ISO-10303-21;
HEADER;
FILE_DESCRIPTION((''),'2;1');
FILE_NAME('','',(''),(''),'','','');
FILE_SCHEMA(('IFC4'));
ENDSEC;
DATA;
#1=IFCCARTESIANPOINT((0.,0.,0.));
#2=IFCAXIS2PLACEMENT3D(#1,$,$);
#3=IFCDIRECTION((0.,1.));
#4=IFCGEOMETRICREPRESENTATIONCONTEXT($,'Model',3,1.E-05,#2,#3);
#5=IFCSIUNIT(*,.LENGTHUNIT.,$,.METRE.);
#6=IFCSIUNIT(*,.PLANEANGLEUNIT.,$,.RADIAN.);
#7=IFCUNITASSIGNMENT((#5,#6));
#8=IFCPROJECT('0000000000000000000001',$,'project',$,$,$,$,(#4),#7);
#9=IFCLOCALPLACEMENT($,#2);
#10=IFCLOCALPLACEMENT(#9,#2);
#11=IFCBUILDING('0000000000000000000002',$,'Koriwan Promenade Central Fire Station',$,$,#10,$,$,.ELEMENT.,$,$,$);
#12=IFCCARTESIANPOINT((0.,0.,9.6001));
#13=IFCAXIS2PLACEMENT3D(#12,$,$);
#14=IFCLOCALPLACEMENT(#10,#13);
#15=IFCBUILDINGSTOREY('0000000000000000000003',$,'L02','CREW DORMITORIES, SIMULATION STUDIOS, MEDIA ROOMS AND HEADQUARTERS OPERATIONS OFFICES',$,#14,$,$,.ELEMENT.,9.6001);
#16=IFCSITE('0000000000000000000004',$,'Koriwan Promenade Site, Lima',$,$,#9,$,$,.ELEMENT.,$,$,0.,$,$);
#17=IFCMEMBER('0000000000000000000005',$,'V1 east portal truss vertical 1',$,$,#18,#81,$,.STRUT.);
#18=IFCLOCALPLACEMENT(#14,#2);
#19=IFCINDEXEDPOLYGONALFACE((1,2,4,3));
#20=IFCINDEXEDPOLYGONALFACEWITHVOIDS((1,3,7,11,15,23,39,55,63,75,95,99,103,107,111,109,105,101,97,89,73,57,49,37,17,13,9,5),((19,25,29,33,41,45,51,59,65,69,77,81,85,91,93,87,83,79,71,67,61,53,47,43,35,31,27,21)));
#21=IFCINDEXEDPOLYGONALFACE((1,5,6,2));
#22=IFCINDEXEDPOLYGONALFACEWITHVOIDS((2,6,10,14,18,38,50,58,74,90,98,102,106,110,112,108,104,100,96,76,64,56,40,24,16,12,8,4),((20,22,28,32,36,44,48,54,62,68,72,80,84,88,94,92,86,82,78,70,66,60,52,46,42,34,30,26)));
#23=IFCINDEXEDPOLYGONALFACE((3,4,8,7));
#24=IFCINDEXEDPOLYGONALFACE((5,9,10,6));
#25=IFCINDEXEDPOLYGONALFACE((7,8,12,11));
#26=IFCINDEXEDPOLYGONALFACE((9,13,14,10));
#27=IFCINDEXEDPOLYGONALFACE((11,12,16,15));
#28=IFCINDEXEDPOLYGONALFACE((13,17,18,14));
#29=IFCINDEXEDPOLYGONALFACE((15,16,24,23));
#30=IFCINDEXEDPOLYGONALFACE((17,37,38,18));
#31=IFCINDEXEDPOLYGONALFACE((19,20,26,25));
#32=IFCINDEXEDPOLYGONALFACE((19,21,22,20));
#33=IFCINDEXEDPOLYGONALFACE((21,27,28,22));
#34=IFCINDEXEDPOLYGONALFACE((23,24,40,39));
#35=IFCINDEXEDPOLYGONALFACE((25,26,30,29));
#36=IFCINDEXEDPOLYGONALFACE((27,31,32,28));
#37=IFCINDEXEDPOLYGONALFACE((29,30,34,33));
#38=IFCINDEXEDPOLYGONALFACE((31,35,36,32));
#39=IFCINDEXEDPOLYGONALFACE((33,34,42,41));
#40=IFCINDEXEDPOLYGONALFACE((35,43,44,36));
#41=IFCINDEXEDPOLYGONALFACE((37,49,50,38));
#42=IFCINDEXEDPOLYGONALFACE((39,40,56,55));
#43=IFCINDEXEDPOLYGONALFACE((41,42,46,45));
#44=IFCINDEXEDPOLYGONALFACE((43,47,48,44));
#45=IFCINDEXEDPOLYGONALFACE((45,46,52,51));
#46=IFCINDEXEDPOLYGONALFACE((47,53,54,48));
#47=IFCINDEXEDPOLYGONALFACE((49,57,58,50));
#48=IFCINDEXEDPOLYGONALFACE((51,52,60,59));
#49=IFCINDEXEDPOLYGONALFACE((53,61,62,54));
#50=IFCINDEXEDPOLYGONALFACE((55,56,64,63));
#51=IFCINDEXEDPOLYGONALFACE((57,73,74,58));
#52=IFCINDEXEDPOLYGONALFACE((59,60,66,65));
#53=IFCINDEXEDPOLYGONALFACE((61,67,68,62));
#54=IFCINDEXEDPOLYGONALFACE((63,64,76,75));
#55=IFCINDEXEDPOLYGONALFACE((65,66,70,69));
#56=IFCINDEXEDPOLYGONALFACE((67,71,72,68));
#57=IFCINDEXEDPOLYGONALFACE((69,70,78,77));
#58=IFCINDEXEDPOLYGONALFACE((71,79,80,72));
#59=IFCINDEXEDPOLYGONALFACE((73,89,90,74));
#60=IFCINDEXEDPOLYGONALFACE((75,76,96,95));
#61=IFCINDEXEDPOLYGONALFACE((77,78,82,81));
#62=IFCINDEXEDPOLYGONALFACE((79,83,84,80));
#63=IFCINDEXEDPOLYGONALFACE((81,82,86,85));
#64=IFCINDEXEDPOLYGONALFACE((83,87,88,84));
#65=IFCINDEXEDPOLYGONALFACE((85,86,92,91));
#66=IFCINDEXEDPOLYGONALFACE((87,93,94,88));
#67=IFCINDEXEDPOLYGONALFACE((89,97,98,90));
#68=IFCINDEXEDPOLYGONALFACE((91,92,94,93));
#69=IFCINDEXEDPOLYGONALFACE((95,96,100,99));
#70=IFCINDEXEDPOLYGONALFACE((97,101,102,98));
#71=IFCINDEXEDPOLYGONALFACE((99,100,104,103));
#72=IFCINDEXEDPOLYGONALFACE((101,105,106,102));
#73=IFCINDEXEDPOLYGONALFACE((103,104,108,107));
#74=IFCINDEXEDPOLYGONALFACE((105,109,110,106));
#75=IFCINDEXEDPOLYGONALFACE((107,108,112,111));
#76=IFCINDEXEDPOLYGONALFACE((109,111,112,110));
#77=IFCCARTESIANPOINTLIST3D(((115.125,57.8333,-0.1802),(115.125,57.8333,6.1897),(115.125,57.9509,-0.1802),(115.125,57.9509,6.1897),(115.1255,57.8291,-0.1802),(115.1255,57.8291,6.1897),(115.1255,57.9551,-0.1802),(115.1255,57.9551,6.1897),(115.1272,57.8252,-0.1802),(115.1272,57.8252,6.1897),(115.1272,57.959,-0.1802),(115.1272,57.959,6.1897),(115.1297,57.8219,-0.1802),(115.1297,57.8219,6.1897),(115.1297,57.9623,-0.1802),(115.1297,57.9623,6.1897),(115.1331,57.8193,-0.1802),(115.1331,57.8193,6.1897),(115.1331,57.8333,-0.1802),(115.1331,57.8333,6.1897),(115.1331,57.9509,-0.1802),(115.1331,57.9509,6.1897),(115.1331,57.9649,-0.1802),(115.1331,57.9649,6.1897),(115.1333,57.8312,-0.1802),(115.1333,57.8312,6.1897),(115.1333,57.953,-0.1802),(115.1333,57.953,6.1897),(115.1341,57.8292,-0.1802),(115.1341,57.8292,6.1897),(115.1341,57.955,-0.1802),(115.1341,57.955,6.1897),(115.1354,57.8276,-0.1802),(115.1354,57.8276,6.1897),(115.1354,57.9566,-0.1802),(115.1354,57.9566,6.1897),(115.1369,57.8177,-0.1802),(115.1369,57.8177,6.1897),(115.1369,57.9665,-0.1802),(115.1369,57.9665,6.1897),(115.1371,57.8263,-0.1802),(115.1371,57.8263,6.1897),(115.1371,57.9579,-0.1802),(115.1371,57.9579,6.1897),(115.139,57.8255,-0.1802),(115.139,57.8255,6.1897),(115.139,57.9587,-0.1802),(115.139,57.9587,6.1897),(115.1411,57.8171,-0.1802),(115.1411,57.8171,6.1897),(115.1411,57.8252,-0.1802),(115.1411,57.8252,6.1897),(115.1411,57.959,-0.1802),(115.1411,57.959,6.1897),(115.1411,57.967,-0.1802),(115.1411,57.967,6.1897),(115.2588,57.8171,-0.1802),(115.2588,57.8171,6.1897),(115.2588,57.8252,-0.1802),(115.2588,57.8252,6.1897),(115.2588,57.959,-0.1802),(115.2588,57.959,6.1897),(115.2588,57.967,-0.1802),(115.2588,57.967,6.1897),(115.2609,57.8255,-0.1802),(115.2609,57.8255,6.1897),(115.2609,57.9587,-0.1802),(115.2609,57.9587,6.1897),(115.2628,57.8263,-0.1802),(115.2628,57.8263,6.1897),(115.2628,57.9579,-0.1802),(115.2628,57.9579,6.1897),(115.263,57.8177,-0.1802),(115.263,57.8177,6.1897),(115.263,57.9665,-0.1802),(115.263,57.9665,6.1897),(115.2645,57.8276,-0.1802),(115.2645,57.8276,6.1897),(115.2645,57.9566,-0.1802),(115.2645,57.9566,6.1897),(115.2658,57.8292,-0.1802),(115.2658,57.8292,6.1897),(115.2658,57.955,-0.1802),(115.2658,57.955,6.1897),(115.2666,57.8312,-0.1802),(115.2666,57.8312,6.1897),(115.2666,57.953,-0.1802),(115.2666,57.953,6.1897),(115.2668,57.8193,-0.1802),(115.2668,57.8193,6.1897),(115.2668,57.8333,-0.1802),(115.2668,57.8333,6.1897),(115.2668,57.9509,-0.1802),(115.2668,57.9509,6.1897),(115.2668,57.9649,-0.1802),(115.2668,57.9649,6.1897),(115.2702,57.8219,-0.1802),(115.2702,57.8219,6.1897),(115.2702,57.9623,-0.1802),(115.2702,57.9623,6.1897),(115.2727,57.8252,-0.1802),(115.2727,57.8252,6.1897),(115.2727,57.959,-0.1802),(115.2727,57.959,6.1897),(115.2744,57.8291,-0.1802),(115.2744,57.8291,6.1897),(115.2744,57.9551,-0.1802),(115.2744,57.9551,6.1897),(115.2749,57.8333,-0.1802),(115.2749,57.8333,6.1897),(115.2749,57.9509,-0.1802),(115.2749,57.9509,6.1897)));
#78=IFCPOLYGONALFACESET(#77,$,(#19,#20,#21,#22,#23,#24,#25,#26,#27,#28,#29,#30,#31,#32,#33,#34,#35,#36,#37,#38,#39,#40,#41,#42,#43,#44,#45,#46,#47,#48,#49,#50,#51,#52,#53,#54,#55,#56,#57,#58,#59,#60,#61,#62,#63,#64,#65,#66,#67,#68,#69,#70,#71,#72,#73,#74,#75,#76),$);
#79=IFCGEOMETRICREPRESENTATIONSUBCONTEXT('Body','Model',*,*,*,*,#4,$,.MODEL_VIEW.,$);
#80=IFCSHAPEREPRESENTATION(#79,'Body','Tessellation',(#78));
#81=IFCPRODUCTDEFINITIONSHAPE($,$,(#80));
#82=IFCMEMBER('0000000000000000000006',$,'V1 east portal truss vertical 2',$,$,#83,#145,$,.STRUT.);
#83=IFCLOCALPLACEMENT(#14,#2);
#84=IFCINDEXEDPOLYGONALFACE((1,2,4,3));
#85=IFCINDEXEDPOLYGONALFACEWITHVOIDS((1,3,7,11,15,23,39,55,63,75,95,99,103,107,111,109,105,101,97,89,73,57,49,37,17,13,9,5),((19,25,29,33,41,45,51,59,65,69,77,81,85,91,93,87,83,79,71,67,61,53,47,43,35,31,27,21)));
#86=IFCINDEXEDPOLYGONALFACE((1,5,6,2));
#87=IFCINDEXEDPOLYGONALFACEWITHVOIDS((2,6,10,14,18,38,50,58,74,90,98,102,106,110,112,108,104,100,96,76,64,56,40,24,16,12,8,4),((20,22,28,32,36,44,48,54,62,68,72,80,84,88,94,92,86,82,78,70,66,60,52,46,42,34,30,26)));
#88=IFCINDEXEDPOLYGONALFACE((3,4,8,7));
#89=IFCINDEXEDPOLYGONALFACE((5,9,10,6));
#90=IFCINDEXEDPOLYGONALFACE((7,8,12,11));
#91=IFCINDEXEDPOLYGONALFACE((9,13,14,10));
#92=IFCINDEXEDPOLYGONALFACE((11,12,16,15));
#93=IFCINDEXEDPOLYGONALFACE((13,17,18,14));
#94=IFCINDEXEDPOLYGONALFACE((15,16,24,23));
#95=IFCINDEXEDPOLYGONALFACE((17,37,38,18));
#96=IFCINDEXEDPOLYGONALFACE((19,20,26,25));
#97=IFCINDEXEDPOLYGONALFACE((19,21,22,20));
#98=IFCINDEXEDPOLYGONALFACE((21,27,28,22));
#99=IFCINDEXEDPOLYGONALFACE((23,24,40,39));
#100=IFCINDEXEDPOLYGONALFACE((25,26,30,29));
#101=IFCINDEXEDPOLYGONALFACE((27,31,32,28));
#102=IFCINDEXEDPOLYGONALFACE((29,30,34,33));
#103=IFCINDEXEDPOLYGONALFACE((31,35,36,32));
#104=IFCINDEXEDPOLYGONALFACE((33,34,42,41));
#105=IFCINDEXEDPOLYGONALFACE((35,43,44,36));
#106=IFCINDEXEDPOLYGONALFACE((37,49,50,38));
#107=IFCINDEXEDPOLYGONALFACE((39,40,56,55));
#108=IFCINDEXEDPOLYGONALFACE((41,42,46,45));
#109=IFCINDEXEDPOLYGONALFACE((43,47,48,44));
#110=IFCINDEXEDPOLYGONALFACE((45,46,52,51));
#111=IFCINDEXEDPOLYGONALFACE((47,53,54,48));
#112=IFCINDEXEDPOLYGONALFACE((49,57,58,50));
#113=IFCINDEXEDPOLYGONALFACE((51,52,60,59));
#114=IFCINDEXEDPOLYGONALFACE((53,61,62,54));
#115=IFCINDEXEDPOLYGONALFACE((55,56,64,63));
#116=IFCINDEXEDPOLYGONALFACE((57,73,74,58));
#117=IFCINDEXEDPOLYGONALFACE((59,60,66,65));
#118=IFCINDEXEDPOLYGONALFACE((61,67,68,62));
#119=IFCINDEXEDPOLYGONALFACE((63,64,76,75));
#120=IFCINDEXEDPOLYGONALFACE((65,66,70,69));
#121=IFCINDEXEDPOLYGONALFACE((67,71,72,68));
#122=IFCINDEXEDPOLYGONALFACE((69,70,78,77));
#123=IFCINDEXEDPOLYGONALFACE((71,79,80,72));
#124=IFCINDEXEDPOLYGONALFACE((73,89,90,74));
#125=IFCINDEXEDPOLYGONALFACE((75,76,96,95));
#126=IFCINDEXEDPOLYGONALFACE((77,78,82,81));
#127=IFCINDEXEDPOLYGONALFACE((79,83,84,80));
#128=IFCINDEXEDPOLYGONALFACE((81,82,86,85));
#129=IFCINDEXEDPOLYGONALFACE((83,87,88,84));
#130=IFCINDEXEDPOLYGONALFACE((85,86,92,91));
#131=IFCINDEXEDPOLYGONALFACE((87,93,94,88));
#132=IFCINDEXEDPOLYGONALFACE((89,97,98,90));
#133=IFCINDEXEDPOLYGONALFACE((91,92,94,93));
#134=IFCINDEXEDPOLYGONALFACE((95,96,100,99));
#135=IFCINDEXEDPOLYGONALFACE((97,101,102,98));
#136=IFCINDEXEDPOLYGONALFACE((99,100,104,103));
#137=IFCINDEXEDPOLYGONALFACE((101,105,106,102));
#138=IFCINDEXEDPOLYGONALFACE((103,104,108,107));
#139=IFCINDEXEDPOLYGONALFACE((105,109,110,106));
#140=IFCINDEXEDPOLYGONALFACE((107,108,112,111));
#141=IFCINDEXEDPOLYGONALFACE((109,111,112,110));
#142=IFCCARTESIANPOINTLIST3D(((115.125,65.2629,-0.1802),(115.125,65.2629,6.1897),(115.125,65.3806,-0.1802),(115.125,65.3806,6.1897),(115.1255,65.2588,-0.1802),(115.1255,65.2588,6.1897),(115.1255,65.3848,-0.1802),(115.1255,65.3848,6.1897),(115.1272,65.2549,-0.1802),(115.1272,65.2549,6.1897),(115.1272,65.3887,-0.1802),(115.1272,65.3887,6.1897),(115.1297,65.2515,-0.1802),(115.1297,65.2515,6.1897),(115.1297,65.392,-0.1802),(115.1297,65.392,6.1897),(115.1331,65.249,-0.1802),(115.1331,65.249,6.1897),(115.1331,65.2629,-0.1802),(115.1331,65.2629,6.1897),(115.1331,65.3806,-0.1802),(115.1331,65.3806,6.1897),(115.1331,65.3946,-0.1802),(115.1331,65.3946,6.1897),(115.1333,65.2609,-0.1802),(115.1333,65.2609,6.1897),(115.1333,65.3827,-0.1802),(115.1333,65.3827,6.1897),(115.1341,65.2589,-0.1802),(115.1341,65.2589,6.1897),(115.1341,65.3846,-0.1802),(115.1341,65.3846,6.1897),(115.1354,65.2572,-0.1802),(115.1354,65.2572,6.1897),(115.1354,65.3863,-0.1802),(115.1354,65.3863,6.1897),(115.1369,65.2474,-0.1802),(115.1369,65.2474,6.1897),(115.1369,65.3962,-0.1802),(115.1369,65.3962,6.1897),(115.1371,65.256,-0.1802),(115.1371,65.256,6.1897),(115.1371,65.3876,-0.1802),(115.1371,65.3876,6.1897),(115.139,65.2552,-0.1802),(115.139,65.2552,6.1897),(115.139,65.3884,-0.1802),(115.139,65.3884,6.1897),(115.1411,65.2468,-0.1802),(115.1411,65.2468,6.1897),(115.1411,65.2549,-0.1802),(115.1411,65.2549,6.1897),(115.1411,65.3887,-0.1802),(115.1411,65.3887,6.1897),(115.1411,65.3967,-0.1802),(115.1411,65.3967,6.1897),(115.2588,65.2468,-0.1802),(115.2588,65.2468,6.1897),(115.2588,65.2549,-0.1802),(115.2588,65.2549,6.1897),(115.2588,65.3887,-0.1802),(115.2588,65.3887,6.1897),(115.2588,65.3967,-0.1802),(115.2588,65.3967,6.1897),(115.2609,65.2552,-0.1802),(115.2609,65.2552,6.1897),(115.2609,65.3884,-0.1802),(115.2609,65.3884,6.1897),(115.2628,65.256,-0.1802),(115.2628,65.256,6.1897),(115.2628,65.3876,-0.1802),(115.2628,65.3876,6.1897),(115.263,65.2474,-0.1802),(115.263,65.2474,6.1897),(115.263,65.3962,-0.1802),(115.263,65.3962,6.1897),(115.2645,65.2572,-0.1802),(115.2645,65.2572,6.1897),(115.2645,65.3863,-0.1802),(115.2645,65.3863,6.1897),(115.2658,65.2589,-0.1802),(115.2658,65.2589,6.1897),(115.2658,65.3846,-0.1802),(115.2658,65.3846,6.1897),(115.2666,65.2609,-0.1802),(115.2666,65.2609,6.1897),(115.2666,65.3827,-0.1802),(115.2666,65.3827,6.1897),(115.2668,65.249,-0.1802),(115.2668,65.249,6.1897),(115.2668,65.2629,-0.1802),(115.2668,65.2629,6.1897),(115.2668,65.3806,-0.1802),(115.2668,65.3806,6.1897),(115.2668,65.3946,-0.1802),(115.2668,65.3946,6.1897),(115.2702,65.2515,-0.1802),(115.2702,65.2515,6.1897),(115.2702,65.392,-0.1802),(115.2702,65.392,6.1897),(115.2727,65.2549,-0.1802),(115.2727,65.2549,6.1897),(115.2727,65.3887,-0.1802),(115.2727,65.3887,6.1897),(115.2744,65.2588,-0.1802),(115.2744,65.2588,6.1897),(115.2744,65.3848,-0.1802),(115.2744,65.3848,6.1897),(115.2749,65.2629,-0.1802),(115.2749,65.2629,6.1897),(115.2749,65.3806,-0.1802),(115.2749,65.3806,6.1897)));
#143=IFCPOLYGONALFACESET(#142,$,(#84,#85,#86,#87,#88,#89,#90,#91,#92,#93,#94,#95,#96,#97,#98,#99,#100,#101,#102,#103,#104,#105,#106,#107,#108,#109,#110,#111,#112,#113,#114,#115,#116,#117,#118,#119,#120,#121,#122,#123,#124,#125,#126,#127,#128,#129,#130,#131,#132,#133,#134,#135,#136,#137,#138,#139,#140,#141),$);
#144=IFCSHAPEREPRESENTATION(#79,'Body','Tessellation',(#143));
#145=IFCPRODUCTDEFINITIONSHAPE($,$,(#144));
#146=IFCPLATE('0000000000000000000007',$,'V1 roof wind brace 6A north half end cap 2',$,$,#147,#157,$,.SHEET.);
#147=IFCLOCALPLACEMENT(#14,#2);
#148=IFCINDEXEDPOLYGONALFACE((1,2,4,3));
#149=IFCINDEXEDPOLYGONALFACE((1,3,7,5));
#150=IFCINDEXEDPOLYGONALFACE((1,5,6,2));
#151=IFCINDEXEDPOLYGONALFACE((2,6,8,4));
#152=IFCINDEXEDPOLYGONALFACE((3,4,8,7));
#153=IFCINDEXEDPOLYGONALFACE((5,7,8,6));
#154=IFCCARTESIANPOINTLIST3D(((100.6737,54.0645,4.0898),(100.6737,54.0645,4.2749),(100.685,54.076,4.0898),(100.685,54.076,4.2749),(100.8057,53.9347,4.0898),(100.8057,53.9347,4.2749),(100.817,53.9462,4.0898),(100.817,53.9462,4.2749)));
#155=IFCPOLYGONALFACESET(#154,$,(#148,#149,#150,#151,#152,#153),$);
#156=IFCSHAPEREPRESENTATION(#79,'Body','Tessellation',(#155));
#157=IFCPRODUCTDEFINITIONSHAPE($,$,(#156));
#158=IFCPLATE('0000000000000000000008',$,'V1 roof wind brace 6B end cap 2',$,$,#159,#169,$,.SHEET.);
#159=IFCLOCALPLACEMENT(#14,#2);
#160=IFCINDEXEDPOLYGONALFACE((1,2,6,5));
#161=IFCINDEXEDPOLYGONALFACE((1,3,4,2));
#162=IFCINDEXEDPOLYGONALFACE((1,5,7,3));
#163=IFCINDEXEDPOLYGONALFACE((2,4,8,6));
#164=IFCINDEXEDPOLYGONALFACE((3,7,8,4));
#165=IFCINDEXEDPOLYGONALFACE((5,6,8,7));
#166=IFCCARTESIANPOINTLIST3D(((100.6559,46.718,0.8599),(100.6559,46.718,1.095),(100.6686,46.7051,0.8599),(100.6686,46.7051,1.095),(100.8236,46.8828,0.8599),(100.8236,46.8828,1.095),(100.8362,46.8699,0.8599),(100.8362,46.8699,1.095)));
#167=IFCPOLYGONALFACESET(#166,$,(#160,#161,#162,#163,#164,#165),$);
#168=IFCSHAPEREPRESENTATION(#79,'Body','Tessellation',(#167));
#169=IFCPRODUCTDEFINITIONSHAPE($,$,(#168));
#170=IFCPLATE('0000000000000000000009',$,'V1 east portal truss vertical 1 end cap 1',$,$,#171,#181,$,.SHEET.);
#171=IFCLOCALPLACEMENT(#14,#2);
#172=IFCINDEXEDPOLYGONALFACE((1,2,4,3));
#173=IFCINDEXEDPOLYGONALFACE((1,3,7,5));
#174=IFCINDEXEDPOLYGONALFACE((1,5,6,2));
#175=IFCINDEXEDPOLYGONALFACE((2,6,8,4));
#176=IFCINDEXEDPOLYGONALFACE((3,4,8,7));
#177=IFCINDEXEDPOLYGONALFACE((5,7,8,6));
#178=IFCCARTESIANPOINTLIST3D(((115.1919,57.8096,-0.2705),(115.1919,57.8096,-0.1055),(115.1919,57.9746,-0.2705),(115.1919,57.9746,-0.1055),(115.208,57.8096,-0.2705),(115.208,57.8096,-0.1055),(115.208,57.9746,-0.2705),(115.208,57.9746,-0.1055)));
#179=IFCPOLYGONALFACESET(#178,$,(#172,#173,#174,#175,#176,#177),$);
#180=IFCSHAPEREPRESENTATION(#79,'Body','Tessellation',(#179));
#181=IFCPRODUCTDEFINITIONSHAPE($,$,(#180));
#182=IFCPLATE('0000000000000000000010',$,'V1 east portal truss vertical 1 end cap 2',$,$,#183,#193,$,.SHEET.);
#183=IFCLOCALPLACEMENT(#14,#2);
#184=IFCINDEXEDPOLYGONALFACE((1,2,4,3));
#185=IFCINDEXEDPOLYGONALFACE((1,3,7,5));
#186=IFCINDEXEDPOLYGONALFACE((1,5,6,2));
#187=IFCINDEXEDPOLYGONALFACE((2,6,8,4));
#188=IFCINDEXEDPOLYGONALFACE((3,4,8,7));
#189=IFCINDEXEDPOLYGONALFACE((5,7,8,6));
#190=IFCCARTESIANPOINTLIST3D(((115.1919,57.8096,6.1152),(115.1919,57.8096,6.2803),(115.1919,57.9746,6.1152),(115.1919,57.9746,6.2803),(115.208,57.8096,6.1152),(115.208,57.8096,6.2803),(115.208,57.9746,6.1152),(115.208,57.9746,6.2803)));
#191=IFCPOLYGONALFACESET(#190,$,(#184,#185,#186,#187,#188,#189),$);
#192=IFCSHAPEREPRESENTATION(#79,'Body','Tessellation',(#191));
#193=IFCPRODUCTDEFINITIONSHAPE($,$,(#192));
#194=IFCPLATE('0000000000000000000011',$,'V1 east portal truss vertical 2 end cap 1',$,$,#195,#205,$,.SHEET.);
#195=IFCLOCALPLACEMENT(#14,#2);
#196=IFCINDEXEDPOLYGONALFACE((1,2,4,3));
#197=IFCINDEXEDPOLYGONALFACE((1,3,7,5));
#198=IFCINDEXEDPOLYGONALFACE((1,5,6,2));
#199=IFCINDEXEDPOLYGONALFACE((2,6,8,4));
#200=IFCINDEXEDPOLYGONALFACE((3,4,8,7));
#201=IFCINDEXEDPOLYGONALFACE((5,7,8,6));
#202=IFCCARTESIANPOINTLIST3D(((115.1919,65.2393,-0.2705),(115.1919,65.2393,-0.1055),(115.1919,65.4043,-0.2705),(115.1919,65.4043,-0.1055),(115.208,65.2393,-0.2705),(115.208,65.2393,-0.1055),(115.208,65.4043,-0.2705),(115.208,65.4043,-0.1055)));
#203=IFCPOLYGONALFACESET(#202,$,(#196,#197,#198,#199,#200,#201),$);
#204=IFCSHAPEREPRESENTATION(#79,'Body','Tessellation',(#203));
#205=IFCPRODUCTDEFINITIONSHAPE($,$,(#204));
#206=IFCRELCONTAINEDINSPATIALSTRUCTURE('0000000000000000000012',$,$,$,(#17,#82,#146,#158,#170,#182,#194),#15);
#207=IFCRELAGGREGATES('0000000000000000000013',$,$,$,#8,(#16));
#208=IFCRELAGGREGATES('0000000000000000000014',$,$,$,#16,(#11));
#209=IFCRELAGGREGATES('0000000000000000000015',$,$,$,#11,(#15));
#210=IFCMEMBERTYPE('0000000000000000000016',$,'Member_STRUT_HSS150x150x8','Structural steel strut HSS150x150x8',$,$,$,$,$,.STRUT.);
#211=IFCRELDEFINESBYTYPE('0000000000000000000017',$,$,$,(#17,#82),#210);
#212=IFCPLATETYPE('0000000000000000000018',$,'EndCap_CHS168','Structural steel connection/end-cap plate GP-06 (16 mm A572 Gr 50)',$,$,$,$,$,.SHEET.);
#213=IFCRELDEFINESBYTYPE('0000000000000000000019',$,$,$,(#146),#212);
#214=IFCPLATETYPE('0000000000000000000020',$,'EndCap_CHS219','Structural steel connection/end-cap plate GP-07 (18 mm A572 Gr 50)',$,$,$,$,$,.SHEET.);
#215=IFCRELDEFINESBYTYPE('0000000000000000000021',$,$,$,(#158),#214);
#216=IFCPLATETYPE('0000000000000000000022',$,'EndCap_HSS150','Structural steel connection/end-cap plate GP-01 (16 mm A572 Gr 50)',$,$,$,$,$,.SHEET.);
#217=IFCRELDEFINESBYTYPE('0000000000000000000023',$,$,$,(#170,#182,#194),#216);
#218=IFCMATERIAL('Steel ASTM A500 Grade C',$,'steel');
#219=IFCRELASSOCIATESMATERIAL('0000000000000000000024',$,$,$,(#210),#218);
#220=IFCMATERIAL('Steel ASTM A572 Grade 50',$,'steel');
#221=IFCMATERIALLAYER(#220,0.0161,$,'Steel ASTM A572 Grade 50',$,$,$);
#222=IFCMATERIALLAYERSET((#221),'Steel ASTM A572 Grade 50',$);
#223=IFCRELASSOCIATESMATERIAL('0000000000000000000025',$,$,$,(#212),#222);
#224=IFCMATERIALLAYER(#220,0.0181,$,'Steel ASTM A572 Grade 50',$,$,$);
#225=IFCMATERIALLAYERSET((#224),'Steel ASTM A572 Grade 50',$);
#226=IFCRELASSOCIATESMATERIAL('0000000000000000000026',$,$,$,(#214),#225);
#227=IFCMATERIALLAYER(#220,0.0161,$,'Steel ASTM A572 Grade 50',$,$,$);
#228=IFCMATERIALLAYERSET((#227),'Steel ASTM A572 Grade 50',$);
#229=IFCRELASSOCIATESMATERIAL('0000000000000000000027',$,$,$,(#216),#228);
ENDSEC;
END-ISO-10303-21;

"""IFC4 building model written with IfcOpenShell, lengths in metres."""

from ifc_helpers import new_model, si_unit, direction, frame, origin, origin_2d, place, context, subcontext, project, spatial, rectangle, hollow_rectangle, extrude, material, layer, layer_set, material_profile, profile_set, type_object, element, save


model = new_model("IFC4")

# Units and contexts
model_context = context("Model", 3, precision=1e-05, world=origin(), true_north=direction((0.0, 1.0)))
body_context = subcontext(model_context, "Body", "Model", "MODEL_VIEW")
ifc_project = project(units=[si_unit("LENGTHUNIT", "METRE"), si_unit("PLANEANGLEUNIT", "RADIAN")], contexts=[model_context])

# Site, building, storey
site_placement = place(None, origin())
site = spatial("IfcSite", under=ifc_project, at=site_placement, Name="Koriwan Promenade Site, Lima", CompositionType="ELEMENT", RefElevation=0.0)
building_placement = place(site_placement, origin())
building = spatial("IfcBuilding", under=site, at=building_placement, Name="Koriwan Promenade Central Fire Station", CompositionType="ELEMENT")
storey_placement = place(building_placement, frame((0.0, 0.0, 9.6001)))
storey = spatial("IfcBuildingStorey", under=building, at=storey_placement, Name="L02", Description="CREW DORMITORIES, SIMULATION STUDIOS, MEDIA ROOMS AND HEADQUARTERS OPERATIONS OFFICES", CompositionType="ELEMENT", Elevation=9.6001)

# Members
ifc_material_1 = material(Name="Steel ASTM A500 Grade C", Category="steel")
ifc_material_profile_1 = material_profile(ifc_material_1, hollow_rectangle(XDim=0.1499, YDim=0.1499, WallThickness=0.0081, InnerFilletRadius=0.0081, OuterFilletRadius=0.0161, at=origin_2d()), Name="HSS150x150x8")
ifc_profile_set_1 = profile_set([ifc_material_profile_1], Name="Steel ASTM A500 Grade C")
member_type_1 = type_object("IfcMemberType", Name="Member_STRUT_HSS150x150x8", Description="Structural steel strut HSS150x150x8", PredefinedType="STRUT", material=ifc_profile_set_1)
for number, where, z_axis, x_axis, name in (
    (1, (115.2, 57.8921, -0.1802), (0.0, 0.0, 1.0), (1.0, 0.0, 0.0), "V1 east portal truss vertical 1"),
    (2, (115.2, 65.3218, -0.1802), (0.0, 0.0, 1.0), (1.0, 0.0, 0.0), "V1 east portal truss vertical 2"),
):
    element("IfcMember", number, at=place(storey_placement, frame(where, z_axis=z_axis, x_axis=x_axis)), inside=storey, type_object=member_type_1, Name=name, PredefinedType="STRUT", context=body_context, shape_type="SweptSolid", body=[
        extrude(hollow_rectangle(XDim=0.1499, YDim=0.1499, WallThickness=0.0081, InnerFilletRadius=0.0081, OuterFilletRadius=0.0161, at=origin_2d()), origin(), (0.0, 0.0, 1.0), 6.3699),
    ])

# Plates
ifc_material_2 = material(Name="Steel ASTM A572 Grade 50", Category="steel")
ifc_layer_1 = layer(ifc_material_2, 0.0161, Name="Steel ASTM A572 Grade 50")
ifc_layer_set_1 = layer_set([ifc_layer_1], Name="Steel ASTM A572 Grade 50")
plate_type_1 = type_object("IfcPlateType", Name="EndCap_CHS168", Description="Structural steel connection/end-cap plate GP-06 (16 mm A572 Gr 50)", PredefinedType="SHEET", material=ifc_layer_set_1)
plate_1_placement = place(storey_placement, frame((100.7454, 54.0054, 4.0898), z_axis=(0.0, 0.0, 1.0), x_axis=(0.701158, 0.713006, 0.0)))
element("IfcPlate", 3, at=plate_1_placement, inside=storey, type_object=plate_type_1, Name="V1 roof wind brace 6A north half end cap 2", PredefinedType="SHEET", context=body_context, shape_type="SweptSolid", body=[
    extrude(rectangle(XDim=0.0161, YDim=0.1851, at=origin_2d()), origin(), (0.0, 0.0, 1.0), 0.1851),
])
ifc_layer_2 = layer(ifc_material_2, 0.0181, Name="Steel ASTM A572 Grade 50")
ifc_layer_set_2 = layer_set([ifc_layer_2], Name="Steel ASTM A572 Grade 50")
plate_type_2 = type_object("IfcPlateType", Name="EndCap_CHS219", Description="Structural steel connection/end-cap plate GP-07 (18 mm A572 Gr 50)", PredefinedType="SHEET", material=ifc_layer_set_2)
plate_2_placement = place(storey_placement, frame((100.7461, 46.7939, 0.8599), z_axis=(0.0, 0.0, 1.0), x_axis=(0.701158, -0.713006, 0.0)))
element("IfcPlate", 4, at=plate_2_placement, inside=storey, type_object=plate_type_2, Name="V1 roof wind brace 6B end cap 2", PredefinedType="SHEET", context=body_context, shape_type="SweptSolid", body=[
    extrude(rectangle(XDim=0.0181, YDim=0.2351, at=origin_2d()), origin(), (0.0, 0.0, 1.0), 0.2351),
])
ifc_layer_3 = layer(ifc_material_2, 0.0161, Name="Steel ASTM A572 Grade 50")
ifc_layer_set_3 = layer_set([ifc_layer_3], Name="Steel ASTM A572 Grade 50")
plate_type_3 = type_object("IfcPlateType", Name="EndCap_HSS150", Description="Structural steel connection/end-cap plate GP-01 (16 mm A572 Gr 50)", PredefinedType="SHEET", material=ifc_layer_set_3)
for number, where, z_axis, x_axis, name in (
    (5, (115.2, 57.8921, -0.2705), (0.0, 0.0, 1.0), (1.0, 0.0, 0.0), "V1 east portal truss vertical 1 end cap 1"),
    (6, (115.2, 57.8921, 6.1152), (0.0, 0.0, 1.0), (1.0, 0.0, 0.0), "V1 east portal truss vertical 1 end cap 2"),
    (7, (115.2, 65.3218, -0.2705), (0.0, 0.0, 1.0), (1.0, 0.0, 0.0), "V1 east portal truss vertical 2 end cap 1"),
):
    element("IfcPlate", number, at=place(storey_placement, frame(where, z_axis=z_axis, x_axis=x_axis)), inside=storey, type_object=plate_type_3, Name=name, PredefinedType="SHEET", context=body_context, shape_type="SweptSolid", body=[
        extrude(rectangle(XDim=0.0161, YDim=0.165, at=origin_2d()), origin(), (0.0, 0.0, 1.0), 0.165),
    ])

save(model, "model.ifc")
